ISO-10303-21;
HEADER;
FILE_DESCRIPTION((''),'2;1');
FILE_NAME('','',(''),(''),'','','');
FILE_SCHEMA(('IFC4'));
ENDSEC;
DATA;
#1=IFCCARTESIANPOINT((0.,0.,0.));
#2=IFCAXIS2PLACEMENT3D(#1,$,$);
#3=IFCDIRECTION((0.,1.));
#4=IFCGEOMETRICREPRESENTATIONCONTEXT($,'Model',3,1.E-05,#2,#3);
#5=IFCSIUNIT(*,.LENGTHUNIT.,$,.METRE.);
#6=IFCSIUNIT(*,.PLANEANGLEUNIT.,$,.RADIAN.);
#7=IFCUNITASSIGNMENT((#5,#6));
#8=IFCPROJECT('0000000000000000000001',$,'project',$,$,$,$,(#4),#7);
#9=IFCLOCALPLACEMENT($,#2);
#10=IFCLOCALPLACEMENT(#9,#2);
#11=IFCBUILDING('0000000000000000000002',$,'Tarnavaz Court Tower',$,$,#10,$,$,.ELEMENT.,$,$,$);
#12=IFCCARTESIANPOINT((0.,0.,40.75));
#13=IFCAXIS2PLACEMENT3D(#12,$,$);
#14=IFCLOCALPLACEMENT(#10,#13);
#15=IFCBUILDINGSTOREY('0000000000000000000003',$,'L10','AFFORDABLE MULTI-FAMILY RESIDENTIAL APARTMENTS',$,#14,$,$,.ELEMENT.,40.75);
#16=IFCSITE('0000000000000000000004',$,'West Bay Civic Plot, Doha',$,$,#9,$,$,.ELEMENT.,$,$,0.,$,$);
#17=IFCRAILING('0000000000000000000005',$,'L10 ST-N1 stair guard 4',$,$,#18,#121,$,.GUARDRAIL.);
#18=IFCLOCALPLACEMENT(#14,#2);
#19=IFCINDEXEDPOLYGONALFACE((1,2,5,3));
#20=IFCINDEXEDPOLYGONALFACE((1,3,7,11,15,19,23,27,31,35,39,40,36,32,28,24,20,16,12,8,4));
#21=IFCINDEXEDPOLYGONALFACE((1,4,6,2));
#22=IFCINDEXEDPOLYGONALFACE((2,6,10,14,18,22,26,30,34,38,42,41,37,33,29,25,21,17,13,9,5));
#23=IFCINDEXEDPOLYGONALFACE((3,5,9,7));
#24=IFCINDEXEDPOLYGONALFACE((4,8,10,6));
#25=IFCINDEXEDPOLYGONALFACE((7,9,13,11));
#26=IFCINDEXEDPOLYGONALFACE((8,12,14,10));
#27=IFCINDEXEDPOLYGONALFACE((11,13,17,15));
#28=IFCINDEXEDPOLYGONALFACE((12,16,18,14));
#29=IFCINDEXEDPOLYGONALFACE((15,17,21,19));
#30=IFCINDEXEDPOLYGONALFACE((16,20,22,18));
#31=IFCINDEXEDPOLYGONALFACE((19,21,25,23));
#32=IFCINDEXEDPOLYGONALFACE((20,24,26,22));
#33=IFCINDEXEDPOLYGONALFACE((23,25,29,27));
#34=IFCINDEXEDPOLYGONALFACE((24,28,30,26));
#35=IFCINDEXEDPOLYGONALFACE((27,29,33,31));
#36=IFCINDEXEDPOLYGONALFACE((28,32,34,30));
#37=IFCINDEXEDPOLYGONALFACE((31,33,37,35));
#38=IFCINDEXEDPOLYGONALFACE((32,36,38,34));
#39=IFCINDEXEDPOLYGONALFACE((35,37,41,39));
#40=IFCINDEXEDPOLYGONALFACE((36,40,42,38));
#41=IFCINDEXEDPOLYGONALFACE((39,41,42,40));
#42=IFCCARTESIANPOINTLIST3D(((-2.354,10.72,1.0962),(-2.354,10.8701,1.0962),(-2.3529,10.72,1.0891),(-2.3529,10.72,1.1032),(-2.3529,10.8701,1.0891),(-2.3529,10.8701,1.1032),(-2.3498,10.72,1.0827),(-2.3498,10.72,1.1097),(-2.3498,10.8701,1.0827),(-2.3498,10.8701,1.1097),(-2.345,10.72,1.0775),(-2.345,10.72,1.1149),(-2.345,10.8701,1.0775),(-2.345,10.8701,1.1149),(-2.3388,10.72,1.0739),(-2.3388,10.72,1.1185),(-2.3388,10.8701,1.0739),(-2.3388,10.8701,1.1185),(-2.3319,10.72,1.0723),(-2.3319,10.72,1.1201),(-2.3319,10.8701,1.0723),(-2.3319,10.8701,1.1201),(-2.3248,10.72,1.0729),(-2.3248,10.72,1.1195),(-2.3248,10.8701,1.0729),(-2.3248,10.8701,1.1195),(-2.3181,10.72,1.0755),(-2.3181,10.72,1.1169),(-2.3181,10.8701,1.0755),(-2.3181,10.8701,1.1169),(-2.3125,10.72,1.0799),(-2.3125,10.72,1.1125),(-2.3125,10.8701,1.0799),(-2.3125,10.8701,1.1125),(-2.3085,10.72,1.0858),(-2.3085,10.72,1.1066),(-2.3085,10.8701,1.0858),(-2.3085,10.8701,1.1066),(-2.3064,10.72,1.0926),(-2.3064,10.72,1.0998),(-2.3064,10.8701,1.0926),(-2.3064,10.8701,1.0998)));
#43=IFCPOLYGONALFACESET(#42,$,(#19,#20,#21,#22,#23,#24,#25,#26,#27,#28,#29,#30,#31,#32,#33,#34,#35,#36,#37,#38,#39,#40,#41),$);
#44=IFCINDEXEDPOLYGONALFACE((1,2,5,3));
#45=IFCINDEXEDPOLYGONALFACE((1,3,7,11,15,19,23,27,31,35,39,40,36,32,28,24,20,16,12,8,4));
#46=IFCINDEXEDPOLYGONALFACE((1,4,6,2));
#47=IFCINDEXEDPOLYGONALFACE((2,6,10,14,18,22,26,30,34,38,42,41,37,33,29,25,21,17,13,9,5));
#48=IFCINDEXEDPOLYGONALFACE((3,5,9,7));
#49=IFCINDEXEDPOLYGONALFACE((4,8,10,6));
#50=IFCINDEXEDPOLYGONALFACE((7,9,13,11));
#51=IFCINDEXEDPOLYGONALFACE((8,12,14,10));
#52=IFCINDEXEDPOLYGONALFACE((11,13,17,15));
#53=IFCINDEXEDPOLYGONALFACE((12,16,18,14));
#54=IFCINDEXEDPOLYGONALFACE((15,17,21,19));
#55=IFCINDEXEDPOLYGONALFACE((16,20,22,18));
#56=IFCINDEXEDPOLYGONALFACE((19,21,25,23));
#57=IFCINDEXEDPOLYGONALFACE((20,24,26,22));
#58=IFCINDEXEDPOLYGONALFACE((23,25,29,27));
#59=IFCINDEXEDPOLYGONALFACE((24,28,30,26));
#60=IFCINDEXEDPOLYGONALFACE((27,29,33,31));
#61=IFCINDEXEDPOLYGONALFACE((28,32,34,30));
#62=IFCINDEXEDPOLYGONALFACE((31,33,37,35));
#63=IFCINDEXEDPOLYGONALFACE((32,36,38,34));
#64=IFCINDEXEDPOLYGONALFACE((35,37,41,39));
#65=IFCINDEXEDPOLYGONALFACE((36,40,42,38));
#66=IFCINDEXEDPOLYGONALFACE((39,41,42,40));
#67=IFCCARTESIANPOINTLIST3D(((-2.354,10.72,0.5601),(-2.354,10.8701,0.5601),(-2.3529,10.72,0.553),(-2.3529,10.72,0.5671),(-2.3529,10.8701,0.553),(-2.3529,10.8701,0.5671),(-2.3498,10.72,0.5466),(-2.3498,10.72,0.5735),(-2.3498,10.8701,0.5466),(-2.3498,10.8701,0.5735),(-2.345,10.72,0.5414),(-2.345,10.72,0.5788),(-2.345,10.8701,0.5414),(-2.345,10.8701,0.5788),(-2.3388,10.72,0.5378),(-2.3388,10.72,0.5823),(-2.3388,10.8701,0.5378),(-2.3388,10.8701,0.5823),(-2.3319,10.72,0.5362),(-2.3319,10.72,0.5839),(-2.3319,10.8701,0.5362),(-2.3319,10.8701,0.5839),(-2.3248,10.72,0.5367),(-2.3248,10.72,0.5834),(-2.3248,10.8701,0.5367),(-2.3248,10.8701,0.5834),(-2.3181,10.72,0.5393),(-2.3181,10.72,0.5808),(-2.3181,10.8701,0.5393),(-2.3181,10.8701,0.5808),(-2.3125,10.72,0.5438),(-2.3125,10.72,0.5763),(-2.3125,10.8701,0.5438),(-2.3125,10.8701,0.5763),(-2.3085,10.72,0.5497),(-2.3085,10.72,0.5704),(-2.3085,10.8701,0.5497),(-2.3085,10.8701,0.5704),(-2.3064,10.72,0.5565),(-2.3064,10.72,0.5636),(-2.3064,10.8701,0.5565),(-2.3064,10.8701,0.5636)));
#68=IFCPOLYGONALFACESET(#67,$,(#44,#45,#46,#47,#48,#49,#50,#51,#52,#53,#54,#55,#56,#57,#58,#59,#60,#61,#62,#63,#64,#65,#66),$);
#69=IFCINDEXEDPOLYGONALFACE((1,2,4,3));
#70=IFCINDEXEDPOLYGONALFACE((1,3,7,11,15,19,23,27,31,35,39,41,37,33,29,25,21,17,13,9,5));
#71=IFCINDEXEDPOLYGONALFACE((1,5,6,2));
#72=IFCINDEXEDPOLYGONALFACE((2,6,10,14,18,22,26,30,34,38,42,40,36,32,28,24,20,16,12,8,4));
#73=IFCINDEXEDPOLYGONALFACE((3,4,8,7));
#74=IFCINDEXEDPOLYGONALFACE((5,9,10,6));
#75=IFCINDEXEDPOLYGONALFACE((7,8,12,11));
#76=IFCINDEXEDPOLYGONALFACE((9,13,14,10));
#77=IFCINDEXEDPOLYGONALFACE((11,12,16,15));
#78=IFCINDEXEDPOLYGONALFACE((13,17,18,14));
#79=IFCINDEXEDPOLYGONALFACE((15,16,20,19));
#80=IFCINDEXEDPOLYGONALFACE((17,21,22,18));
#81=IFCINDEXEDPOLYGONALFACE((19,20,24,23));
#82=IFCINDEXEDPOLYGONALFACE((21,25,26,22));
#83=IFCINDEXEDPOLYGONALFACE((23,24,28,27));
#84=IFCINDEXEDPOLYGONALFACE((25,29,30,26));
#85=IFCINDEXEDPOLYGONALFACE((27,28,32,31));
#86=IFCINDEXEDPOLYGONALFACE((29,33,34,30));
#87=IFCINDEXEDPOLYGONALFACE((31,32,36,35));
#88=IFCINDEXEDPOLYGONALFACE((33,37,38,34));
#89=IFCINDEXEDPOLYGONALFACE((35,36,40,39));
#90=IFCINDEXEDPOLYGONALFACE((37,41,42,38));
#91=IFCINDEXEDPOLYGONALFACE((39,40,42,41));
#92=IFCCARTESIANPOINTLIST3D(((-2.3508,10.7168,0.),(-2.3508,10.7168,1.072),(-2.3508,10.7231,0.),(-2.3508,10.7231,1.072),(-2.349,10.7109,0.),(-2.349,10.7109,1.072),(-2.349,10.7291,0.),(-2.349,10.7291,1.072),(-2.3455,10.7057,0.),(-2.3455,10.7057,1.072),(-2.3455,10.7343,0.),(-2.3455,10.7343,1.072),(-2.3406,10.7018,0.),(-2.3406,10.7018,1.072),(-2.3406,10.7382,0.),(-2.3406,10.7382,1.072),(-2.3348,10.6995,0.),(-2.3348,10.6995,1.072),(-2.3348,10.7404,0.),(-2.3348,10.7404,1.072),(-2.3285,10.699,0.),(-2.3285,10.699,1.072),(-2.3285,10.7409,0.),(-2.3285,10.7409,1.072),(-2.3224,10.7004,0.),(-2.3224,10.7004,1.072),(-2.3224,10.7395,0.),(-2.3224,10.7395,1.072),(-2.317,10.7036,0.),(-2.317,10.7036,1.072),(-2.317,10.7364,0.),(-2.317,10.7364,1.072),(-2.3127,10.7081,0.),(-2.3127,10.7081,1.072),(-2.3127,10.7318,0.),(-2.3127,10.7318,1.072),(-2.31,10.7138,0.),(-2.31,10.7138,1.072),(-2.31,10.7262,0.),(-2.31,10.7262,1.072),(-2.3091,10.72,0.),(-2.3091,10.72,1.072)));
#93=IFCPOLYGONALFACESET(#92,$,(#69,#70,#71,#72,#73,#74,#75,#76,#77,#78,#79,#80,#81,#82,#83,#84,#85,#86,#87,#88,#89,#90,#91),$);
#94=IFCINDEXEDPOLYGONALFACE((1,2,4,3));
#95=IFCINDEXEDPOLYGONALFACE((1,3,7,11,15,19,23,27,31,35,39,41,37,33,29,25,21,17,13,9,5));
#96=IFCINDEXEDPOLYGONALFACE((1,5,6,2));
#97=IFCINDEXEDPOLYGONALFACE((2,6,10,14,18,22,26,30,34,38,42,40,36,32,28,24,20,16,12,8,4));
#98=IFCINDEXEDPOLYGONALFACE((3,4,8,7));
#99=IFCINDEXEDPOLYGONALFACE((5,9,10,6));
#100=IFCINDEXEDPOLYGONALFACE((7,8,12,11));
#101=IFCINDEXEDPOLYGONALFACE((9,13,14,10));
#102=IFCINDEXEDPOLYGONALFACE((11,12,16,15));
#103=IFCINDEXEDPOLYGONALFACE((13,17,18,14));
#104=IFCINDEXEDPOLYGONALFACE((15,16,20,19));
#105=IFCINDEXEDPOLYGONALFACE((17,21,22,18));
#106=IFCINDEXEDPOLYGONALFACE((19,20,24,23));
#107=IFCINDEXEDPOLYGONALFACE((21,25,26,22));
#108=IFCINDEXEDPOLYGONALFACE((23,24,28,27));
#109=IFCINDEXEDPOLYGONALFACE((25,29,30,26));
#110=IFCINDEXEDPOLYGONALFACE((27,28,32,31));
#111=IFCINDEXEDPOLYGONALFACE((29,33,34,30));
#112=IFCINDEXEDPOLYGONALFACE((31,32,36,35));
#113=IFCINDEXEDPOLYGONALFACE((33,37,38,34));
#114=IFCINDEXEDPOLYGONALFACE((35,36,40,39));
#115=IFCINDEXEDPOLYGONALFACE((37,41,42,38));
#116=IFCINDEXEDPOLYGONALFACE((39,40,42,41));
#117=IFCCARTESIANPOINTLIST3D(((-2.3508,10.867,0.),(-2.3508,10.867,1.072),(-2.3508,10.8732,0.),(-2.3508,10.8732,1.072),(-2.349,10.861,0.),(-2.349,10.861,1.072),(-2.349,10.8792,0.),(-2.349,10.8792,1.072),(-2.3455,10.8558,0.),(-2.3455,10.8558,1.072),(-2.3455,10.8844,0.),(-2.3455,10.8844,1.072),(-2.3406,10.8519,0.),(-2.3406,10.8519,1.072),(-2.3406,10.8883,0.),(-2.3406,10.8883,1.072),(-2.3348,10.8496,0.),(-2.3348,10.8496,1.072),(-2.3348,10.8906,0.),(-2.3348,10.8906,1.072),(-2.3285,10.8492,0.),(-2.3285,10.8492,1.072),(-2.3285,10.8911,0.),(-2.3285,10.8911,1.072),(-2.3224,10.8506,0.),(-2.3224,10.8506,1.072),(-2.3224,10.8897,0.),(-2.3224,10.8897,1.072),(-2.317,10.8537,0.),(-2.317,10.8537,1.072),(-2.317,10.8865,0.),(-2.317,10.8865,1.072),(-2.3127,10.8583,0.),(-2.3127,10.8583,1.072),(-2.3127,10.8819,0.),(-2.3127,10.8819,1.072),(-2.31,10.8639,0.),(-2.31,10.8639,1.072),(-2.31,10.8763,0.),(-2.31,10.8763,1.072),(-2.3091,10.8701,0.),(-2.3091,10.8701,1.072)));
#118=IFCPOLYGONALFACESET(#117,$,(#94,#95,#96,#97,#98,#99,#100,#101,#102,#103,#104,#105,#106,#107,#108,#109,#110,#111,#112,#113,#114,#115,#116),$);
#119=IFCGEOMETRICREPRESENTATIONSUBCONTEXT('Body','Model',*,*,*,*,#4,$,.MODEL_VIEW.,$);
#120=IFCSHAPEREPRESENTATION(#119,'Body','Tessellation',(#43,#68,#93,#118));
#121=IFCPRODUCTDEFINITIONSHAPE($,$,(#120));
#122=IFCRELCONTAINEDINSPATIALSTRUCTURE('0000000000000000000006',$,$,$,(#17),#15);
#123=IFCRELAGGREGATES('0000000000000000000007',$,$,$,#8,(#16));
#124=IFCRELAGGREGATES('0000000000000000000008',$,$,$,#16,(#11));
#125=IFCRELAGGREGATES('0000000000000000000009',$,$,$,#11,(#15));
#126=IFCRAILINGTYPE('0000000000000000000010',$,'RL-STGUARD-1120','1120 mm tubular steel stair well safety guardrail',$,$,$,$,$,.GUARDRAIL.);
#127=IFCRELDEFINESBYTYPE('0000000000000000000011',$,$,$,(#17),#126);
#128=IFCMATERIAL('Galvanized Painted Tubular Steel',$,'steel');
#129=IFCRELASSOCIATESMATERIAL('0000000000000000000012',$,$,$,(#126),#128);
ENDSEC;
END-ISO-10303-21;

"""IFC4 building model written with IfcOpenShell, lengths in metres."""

from ifc_helpers import new_model, si_unit, direction, frame, origin, origin_2d, place, context, subcontext, project, spatial, circle, extrude, material, type_object, element, save


model = new_model("IFC4")

# Units and contexts
model_context = context("Model", 3, precision=1e-05, world=origin(), true_north=direction((0.0, 1.0)))
body_context = subcontext(model_context, "Body", "Model", "MODEL_VIEW")
ifc_project = project(units=[si_unit("LENGTHUNIT", "METRE"), si_unit("PLANEANGLEUNIT", "RADIAN")], contexts=[model_context])

# Site, building, storey
site_placement = place(None, origin())
site = spatial("IfcSite", under=ifc_project, at=site_placement, Name="West Bay Civic Plot, Doha", CompositionType="ELEMENT", RefElevation=0.0)
building_placement = place(site_placement, origin())
building = spatial("IfcBuilding", under=site, at=building_placement, Name="Tarnavaz Court Tower", CompositionType="ELEMENT")
storey_placement = place(building_placement, frame((0.0, 0.0, 40.75)))
storey = spatial("IfcBuildingStorey", under=building, at=storey_placement, Name="L10", Description="AFFORDABLE MULTI-FAMILY RESIDENTIAL APARTMENTS", CompositionType="ELEMENT", Elevation=40.75)

# Railing
ifc_material_1 = material(Name="Galvanized Painted Tubular Steel", Category="steel")
railing_type_1 = type_object("IfcRailingType", Name="RL-STGUARD-1120", Description="1120 mm tubular steel stair well safety guardrail", PredefinedType="GUARDRAIL", material=ifc_material_1)
railing_1_placement = place(storey_placement, frame((-2.3301, 10.72, 0.0)))
element("IfcRailing", 1, at=railing_1_placement, inside=storey, type_object=railing_type_1, Name="L10 ST-N1 stair guard 4", PredefinedType="GUARDRAIL", context=body_context, shape_type="SweptSolid", body=[
    extrude(circle(Radius=0.0239, at=origin_2d()), frame((0.0, 0.0, 1.0962), z_axis=(0.0, 1.0, 0.0), x_axis=(-1.0, 0.0, 0.0)), (0.0, 0.0, 1.0), 0.1501),
    extrude(circle(Radius=0.0239, at=origin_2d()), frame((0.0, 0.0, 0.5601), z_axis=(0.0, 1.0, 0.0), x_axis=(-1.0, 0.0, 0.0)), (0.0, 0.0, 1.0), 0.1501),
    extrude(circle(Radius=0.021, at=origin_2d()), origin(), (0.0, 0.0, 1.0), 1.072),
    extrude(circle(Radius=0.021, at=origin_2d()), frame((0.0, 0.1501, 0.0)), (0.0, 0.0, 1.0), 1.072),
])

save(model, "model.ifc")
